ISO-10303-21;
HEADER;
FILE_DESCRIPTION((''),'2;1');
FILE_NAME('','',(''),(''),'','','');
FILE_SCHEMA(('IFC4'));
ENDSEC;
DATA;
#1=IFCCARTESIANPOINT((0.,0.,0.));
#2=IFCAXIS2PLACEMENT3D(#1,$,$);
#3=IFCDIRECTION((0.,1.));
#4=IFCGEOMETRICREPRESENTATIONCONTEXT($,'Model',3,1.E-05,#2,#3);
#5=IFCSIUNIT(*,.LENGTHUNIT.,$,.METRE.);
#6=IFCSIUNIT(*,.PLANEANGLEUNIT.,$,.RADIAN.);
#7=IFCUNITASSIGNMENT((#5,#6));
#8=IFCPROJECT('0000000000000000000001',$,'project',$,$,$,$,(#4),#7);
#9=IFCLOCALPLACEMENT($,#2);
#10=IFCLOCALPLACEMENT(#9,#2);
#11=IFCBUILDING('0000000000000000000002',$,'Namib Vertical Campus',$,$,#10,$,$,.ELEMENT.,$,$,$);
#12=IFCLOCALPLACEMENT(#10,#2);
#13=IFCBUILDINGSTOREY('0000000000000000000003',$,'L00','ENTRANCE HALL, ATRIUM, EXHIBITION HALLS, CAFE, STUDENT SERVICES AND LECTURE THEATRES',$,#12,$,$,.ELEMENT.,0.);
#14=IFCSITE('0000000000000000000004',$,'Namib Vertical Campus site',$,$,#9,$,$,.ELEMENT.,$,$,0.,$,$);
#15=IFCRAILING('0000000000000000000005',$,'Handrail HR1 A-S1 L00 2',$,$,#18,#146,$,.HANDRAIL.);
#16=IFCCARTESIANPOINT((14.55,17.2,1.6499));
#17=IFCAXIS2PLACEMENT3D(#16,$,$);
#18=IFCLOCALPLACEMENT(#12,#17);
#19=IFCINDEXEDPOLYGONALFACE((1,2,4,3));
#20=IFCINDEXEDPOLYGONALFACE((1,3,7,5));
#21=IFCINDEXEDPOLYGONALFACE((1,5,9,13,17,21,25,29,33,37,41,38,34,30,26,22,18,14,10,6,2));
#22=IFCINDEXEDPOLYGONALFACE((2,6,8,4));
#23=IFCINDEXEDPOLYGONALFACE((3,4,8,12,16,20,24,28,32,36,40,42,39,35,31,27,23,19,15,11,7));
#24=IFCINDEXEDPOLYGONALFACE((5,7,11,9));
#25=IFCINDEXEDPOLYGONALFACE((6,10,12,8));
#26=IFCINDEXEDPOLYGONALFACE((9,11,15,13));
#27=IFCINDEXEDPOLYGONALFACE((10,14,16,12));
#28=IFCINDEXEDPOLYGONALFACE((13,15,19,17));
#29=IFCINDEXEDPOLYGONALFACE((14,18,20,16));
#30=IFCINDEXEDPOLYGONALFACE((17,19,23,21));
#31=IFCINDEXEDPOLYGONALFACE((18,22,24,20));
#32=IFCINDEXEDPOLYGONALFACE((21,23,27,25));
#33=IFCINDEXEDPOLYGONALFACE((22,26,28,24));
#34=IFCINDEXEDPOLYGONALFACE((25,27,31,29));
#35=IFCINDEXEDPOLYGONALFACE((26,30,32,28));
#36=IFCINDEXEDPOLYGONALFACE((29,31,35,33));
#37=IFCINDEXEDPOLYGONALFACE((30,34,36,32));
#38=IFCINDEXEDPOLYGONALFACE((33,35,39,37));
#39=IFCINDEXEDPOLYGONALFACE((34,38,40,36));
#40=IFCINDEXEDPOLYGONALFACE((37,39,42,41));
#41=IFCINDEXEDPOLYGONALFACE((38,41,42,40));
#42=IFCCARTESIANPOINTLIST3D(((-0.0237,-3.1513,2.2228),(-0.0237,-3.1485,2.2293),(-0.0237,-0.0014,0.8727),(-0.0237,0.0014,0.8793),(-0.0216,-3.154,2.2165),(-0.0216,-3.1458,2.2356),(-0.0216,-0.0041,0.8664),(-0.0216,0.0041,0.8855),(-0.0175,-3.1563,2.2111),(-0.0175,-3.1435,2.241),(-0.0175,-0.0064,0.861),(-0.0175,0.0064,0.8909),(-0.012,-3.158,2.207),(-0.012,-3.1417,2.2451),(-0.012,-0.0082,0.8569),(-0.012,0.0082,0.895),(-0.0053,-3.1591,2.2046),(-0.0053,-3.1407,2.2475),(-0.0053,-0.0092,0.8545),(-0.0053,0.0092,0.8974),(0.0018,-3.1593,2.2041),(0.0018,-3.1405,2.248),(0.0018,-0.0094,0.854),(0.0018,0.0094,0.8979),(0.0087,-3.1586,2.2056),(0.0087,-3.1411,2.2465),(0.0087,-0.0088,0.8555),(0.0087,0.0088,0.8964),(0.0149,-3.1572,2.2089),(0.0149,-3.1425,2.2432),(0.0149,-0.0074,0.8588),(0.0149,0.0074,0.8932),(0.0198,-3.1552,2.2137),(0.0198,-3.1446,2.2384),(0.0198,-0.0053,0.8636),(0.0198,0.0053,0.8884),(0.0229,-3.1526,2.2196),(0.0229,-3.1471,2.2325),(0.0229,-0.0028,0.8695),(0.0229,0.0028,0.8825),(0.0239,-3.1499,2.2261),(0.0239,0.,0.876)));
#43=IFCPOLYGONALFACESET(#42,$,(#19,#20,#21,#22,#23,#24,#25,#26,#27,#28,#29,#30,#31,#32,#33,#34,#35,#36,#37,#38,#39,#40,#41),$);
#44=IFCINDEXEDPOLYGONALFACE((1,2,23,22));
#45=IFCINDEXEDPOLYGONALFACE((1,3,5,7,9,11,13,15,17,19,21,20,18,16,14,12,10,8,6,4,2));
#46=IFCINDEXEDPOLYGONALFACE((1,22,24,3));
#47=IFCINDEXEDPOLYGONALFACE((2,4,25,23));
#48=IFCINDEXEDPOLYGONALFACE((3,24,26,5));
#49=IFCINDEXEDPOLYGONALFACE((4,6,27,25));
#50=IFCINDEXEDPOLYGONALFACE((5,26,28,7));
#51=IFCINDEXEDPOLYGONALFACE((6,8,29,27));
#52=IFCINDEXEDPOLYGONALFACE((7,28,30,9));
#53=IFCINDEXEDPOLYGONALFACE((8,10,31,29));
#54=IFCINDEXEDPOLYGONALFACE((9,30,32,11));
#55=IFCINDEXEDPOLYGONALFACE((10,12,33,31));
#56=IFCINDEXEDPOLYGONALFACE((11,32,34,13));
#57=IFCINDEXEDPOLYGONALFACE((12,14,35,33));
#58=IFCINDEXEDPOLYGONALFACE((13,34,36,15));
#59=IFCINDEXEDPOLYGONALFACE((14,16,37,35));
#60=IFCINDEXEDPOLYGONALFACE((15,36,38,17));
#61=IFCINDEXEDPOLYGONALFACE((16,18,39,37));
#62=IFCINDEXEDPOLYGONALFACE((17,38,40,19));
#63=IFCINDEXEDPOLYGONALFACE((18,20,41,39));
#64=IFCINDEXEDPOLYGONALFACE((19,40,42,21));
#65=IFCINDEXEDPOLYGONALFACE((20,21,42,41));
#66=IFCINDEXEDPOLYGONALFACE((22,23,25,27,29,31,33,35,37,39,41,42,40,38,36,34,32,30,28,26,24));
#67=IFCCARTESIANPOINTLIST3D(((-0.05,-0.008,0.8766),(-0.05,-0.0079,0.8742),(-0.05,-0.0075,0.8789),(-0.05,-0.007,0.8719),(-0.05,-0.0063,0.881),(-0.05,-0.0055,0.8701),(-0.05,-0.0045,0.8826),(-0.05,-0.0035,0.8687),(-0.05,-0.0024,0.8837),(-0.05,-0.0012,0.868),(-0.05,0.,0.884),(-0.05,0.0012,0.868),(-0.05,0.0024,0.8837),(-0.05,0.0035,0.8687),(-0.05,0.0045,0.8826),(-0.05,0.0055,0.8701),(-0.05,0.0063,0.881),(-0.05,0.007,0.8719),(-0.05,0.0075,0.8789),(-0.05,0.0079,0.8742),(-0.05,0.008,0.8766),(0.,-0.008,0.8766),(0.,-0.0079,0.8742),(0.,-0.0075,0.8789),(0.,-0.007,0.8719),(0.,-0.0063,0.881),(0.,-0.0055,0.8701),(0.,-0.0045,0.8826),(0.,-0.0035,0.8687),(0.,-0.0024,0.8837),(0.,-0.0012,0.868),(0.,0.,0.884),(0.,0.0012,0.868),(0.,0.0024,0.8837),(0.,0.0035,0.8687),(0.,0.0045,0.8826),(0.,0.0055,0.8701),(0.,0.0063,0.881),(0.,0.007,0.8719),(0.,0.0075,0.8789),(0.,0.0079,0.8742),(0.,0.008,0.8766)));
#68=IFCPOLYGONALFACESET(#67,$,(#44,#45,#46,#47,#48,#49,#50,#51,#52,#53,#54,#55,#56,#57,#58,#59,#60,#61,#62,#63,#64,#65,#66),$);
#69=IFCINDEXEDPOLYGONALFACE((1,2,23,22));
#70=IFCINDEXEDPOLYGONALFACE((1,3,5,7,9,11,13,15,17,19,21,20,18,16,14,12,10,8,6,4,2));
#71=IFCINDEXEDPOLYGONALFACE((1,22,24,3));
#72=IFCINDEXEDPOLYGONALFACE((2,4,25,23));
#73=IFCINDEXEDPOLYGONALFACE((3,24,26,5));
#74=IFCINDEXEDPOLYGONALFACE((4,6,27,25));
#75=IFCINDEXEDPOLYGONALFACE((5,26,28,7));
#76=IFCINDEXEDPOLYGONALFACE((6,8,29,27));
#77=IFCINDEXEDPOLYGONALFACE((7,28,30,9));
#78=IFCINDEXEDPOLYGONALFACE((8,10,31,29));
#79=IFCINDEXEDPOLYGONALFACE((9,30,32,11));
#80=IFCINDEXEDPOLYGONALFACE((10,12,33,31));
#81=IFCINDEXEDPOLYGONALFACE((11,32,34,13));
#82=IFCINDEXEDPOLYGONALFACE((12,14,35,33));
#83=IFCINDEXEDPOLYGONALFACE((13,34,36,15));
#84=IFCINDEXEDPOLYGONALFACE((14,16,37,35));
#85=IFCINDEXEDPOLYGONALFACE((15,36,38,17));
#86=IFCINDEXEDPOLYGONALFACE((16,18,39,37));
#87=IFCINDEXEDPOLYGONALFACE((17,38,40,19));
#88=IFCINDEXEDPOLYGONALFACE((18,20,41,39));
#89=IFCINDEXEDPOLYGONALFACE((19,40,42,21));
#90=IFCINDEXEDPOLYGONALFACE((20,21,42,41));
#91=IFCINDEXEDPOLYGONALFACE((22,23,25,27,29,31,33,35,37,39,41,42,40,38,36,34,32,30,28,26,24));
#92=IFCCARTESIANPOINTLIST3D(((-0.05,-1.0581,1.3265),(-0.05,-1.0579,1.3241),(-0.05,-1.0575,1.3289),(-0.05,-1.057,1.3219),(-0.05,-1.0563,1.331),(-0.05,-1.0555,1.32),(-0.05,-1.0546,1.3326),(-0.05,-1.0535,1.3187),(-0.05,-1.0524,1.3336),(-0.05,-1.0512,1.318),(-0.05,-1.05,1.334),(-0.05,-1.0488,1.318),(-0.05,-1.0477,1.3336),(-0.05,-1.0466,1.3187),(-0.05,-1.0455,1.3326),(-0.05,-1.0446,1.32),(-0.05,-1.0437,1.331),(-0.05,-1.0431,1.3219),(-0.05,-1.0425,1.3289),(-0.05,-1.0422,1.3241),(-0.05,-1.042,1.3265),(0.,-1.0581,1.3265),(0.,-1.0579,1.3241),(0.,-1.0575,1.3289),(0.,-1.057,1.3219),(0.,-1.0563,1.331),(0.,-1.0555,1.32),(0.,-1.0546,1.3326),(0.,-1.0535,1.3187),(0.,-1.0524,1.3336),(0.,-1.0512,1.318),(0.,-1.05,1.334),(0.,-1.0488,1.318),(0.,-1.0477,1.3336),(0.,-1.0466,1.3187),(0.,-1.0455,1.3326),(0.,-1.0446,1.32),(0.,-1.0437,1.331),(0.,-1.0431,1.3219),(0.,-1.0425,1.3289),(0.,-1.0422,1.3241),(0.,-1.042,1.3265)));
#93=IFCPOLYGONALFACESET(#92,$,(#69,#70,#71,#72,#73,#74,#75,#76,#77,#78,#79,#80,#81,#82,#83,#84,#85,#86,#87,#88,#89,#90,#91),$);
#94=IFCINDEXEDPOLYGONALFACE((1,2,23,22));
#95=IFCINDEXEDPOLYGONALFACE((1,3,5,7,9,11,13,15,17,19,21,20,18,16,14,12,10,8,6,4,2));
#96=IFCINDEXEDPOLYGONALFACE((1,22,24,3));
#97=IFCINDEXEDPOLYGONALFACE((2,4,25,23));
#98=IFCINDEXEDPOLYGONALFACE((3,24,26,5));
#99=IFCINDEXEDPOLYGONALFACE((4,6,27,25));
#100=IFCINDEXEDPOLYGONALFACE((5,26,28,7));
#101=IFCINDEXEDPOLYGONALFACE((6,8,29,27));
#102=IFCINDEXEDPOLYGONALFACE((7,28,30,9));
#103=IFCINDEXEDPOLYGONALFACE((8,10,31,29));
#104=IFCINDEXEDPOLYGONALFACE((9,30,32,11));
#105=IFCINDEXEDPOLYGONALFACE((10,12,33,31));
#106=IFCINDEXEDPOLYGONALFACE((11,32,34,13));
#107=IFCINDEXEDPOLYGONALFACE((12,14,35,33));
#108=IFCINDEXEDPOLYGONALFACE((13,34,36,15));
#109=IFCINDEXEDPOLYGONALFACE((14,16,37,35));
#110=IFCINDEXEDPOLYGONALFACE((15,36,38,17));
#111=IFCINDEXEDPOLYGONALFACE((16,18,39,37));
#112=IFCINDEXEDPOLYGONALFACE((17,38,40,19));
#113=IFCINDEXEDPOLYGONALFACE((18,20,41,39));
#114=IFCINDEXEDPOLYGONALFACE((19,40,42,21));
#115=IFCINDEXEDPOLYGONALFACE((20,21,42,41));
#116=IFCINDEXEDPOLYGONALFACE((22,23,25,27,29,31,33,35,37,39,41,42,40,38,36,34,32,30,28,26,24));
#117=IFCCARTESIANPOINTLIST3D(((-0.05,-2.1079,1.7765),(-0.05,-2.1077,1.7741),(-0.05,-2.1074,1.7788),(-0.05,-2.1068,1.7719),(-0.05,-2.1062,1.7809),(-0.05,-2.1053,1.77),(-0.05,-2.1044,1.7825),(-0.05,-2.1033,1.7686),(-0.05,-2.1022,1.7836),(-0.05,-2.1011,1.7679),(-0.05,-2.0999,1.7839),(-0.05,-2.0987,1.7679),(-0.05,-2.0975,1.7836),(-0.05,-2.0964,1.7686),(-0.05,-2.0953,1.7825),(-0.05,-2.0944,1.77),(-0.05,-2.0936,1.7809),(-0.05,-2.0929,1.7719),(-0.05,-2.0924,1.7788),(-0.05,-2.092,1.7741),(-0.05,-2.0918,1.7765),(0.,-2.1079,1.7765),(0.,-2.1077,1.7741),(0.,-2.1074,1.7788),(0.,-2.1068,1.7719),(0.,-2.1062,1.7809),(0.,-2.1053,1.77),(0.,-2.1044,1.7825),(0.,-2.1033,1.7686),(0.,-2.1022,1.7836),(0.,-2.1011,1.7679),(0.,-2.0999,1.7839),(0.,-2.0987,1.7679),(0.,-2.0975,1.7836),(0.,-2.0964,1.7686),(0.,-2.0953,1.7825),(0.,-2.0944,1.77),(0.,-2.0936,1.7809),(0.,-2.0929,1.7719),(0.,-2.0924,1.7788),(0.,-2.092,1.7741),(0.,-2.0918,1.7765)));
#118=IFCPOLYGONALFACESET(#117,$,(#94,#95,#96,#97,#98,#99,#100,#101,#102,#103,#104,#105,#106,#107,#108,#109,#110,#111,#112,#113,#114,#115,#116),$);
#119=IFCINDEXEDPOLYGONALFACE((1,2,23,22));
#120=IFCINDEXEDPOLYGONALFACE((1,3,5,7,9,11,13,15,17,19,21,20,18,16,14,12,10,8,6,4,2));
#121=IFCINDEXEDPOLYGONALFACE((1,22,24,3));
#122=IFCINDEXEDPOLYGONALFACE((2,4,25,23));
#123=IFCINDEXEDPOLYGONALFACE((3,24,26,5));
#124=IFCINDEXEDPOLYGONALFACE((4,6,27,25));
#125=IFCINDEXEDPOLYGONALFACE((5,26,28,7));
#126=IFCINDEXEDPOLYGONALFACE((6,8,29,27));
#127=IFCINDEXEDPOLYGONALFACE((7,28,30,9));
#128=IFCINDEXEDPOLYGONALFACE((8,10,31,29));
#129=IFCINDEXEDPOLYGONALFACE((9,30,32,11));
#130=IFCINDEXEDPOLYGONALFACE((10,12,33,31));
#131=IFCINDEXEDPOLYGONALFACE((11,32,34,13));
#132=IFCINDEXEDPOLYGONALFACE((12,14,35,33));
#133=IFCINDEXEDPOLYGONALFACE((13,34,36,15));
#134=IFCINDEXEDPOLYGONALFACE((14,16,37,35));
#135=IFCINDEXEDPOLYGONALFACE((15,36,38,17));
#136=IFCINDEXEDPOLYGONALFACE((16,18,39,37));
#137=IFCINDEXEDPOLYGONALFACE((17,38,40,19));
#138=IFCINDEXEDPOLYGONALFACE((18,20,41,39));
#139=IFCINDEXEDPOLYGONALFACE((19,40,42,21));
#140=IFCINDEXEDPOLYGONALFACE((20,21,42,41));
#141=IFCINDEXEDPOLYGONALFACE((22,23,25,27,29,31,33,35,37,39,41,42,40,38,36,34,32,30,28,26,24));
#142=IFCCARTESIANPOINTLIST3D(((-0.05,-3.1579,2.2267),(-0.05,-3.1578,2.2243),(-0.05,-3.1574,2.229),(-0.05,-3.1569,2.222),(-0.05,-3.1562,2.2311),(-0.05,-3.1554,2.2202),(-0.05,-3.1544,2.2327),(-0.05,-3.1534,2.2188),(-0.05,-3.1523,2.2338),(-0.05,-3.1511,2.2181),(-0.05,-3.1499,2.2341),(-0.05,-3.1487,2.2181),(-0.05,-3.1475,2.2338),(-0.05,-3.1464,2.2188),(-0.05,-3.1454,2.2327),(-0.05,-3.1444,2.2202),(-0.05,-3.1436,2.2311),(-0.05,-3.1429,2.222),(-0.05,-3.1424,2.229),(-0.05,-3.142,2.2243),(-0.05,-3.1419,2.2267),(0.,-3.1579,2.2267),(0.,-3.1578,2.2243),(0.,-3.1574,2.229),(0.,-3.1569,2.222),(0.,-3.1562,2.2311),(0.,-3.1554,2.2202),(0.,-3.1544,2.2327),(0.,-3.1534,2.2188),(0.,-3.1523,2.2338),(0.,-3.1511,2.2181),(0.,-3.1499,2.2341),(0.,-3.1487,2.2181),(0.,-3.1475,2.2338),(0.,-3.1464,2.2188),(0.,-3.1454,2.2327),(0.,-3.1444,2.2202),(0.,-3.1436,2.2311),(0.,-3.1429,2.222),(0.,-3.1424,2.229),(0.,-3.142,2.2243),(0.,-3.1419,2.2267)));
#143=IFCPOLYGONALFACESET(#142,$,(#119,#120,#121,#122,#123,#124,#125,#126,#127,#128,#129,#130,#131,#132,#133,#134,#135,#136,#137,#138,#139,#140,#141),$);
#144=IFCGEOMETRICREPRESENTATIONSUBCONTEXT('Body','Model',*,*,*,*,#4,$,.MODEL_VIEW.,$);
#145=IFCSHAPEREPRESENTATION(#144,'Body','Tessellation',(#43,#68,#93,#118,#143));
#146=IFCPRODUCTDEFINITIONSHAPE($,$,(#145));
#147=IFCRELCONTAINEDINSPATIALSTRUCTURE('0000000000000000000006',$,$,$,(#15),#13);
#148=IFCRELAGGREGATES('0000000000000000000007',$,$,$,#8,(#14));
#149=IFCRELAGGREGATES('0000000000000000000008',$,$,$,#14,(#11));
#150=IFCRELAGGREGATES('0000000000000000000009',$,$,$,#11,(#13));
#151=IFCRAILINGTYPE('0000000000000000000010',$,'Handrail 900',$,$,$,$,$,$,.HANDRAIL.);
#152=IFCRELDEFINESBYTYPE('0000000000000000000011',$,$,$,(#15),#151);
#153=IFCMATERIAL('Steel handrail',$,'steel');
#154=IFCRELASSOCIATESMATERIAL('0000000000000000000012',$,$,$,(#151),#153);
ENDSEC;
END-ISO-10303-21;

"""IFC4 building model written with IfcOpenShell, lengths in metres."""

from ifc_helpers import new_model, si_unit, direction, frame, origin, origin_2d, place, context, subcontext, project, spatial, circle, extrude, material, type_object, element, save


model = new_model("IFC4")

# Units and contexts
model_context = context("Model", 3, precision=1e-05, world=origin(), true_north=direction((0.0, 1.0)))
body_context = subcontext(model_context, "Body", "Model", "MODEL_VIEW")
ifc_project = project(units=[si_unit("LENGTHUNIT", "METRE"), si_unit("PLANEANGLEUNIT", "RADIAN")], contexts=[model_context])

# Site, building, storey
site_placement = place(None, origin())
site = spatial("IfcSite", under=ifc_project, at=site_placement, Name="Namib Vertical Campus site", CompositionType="ELEMENT", RefElevation=0.0)
building_placement = place(site_placement, origin())
building = spatial("IfcBuilding", under=site, at=building_placement, Name="Namib Vertical Campus", CompositionType="ELEMENT")
storey_placement = place(building_placement, origin())
storey = spatial("IfcBuildingStorey", under=building, at=storey_placement, Name="L00", Description="ENTRANCE HALL, ATRIUM, EXHIBITION HALLS, CAFE, STUDENT SERVICES AND LECTURE THEATRES", CompositionType="ELEMENT", Elevation=0.0)

# Railing
ifc_material_1 = material(Name="Steel handrail", Category="steel")
railing_type = type_object("IfcRailingType", Name="Handrail 900", PredefinedType="HANDRAIL", material=ifc_material_1)
railing_1_placement = place(storey_placement, frame((14.55, 17.2, 1.6499)))
element("IfcRailing", 1, at=railing_1_placement, inside=storey, type_object=railing_type, Name="Handrail HR1 A-S1 L00 2", PredefinedType="HANDRAIL", context=body_context, shape_type="SweptSolid", body=[
    extrude(circle(Radius=0.0239, at=origin_2d()), frame((0.0, 0.0, 0.876), z_axis=(0.0, -0.91913, 0.393954), x_axis=(1.0, 0.0, 0.0)), (0.0, 0.0, 1.0), 3.427),
    extrude(circle(Radius=0.0081, at=origin_2d()), frame((0.0, 0.0, 0.876), z_axis=(-1.0, 0.0, 0.0), x_axis=(0.0, 0.0, 1.0)), (0.0, 0.0, 1.0), 0.05),
    extrude(circle(Radius=0.0081, at=origin_2d()), frame((0.0, -1.05, 1.3259), z_axis=(-1.0, 0.0, 0.0), x_axis=(0.0, 0.0, 1.0)), (0.0, 0.0, 1.0), 0.05),
    extrude(circle(Radius=0.0081, at=origin_2d()), frame((0.0, -2.0999, 1.7759), z_axis=(-1.0, 0.0, 0.0), x_axis=(0.0, 0.0, 1.0)), (0.0, 0.0, 1.0), 0.05),
    extrude(circle(Radius=0.0081, at=origin_2d()), frame((0.0, -3.1499, 2.2261), z_axis=(-1.0, 0.0, 0.0), x_axis=(0.0, 0.0, 1.0)), (0.0, 0.0, 1.0), 0.05),
])

save(model, "model.ifc")
